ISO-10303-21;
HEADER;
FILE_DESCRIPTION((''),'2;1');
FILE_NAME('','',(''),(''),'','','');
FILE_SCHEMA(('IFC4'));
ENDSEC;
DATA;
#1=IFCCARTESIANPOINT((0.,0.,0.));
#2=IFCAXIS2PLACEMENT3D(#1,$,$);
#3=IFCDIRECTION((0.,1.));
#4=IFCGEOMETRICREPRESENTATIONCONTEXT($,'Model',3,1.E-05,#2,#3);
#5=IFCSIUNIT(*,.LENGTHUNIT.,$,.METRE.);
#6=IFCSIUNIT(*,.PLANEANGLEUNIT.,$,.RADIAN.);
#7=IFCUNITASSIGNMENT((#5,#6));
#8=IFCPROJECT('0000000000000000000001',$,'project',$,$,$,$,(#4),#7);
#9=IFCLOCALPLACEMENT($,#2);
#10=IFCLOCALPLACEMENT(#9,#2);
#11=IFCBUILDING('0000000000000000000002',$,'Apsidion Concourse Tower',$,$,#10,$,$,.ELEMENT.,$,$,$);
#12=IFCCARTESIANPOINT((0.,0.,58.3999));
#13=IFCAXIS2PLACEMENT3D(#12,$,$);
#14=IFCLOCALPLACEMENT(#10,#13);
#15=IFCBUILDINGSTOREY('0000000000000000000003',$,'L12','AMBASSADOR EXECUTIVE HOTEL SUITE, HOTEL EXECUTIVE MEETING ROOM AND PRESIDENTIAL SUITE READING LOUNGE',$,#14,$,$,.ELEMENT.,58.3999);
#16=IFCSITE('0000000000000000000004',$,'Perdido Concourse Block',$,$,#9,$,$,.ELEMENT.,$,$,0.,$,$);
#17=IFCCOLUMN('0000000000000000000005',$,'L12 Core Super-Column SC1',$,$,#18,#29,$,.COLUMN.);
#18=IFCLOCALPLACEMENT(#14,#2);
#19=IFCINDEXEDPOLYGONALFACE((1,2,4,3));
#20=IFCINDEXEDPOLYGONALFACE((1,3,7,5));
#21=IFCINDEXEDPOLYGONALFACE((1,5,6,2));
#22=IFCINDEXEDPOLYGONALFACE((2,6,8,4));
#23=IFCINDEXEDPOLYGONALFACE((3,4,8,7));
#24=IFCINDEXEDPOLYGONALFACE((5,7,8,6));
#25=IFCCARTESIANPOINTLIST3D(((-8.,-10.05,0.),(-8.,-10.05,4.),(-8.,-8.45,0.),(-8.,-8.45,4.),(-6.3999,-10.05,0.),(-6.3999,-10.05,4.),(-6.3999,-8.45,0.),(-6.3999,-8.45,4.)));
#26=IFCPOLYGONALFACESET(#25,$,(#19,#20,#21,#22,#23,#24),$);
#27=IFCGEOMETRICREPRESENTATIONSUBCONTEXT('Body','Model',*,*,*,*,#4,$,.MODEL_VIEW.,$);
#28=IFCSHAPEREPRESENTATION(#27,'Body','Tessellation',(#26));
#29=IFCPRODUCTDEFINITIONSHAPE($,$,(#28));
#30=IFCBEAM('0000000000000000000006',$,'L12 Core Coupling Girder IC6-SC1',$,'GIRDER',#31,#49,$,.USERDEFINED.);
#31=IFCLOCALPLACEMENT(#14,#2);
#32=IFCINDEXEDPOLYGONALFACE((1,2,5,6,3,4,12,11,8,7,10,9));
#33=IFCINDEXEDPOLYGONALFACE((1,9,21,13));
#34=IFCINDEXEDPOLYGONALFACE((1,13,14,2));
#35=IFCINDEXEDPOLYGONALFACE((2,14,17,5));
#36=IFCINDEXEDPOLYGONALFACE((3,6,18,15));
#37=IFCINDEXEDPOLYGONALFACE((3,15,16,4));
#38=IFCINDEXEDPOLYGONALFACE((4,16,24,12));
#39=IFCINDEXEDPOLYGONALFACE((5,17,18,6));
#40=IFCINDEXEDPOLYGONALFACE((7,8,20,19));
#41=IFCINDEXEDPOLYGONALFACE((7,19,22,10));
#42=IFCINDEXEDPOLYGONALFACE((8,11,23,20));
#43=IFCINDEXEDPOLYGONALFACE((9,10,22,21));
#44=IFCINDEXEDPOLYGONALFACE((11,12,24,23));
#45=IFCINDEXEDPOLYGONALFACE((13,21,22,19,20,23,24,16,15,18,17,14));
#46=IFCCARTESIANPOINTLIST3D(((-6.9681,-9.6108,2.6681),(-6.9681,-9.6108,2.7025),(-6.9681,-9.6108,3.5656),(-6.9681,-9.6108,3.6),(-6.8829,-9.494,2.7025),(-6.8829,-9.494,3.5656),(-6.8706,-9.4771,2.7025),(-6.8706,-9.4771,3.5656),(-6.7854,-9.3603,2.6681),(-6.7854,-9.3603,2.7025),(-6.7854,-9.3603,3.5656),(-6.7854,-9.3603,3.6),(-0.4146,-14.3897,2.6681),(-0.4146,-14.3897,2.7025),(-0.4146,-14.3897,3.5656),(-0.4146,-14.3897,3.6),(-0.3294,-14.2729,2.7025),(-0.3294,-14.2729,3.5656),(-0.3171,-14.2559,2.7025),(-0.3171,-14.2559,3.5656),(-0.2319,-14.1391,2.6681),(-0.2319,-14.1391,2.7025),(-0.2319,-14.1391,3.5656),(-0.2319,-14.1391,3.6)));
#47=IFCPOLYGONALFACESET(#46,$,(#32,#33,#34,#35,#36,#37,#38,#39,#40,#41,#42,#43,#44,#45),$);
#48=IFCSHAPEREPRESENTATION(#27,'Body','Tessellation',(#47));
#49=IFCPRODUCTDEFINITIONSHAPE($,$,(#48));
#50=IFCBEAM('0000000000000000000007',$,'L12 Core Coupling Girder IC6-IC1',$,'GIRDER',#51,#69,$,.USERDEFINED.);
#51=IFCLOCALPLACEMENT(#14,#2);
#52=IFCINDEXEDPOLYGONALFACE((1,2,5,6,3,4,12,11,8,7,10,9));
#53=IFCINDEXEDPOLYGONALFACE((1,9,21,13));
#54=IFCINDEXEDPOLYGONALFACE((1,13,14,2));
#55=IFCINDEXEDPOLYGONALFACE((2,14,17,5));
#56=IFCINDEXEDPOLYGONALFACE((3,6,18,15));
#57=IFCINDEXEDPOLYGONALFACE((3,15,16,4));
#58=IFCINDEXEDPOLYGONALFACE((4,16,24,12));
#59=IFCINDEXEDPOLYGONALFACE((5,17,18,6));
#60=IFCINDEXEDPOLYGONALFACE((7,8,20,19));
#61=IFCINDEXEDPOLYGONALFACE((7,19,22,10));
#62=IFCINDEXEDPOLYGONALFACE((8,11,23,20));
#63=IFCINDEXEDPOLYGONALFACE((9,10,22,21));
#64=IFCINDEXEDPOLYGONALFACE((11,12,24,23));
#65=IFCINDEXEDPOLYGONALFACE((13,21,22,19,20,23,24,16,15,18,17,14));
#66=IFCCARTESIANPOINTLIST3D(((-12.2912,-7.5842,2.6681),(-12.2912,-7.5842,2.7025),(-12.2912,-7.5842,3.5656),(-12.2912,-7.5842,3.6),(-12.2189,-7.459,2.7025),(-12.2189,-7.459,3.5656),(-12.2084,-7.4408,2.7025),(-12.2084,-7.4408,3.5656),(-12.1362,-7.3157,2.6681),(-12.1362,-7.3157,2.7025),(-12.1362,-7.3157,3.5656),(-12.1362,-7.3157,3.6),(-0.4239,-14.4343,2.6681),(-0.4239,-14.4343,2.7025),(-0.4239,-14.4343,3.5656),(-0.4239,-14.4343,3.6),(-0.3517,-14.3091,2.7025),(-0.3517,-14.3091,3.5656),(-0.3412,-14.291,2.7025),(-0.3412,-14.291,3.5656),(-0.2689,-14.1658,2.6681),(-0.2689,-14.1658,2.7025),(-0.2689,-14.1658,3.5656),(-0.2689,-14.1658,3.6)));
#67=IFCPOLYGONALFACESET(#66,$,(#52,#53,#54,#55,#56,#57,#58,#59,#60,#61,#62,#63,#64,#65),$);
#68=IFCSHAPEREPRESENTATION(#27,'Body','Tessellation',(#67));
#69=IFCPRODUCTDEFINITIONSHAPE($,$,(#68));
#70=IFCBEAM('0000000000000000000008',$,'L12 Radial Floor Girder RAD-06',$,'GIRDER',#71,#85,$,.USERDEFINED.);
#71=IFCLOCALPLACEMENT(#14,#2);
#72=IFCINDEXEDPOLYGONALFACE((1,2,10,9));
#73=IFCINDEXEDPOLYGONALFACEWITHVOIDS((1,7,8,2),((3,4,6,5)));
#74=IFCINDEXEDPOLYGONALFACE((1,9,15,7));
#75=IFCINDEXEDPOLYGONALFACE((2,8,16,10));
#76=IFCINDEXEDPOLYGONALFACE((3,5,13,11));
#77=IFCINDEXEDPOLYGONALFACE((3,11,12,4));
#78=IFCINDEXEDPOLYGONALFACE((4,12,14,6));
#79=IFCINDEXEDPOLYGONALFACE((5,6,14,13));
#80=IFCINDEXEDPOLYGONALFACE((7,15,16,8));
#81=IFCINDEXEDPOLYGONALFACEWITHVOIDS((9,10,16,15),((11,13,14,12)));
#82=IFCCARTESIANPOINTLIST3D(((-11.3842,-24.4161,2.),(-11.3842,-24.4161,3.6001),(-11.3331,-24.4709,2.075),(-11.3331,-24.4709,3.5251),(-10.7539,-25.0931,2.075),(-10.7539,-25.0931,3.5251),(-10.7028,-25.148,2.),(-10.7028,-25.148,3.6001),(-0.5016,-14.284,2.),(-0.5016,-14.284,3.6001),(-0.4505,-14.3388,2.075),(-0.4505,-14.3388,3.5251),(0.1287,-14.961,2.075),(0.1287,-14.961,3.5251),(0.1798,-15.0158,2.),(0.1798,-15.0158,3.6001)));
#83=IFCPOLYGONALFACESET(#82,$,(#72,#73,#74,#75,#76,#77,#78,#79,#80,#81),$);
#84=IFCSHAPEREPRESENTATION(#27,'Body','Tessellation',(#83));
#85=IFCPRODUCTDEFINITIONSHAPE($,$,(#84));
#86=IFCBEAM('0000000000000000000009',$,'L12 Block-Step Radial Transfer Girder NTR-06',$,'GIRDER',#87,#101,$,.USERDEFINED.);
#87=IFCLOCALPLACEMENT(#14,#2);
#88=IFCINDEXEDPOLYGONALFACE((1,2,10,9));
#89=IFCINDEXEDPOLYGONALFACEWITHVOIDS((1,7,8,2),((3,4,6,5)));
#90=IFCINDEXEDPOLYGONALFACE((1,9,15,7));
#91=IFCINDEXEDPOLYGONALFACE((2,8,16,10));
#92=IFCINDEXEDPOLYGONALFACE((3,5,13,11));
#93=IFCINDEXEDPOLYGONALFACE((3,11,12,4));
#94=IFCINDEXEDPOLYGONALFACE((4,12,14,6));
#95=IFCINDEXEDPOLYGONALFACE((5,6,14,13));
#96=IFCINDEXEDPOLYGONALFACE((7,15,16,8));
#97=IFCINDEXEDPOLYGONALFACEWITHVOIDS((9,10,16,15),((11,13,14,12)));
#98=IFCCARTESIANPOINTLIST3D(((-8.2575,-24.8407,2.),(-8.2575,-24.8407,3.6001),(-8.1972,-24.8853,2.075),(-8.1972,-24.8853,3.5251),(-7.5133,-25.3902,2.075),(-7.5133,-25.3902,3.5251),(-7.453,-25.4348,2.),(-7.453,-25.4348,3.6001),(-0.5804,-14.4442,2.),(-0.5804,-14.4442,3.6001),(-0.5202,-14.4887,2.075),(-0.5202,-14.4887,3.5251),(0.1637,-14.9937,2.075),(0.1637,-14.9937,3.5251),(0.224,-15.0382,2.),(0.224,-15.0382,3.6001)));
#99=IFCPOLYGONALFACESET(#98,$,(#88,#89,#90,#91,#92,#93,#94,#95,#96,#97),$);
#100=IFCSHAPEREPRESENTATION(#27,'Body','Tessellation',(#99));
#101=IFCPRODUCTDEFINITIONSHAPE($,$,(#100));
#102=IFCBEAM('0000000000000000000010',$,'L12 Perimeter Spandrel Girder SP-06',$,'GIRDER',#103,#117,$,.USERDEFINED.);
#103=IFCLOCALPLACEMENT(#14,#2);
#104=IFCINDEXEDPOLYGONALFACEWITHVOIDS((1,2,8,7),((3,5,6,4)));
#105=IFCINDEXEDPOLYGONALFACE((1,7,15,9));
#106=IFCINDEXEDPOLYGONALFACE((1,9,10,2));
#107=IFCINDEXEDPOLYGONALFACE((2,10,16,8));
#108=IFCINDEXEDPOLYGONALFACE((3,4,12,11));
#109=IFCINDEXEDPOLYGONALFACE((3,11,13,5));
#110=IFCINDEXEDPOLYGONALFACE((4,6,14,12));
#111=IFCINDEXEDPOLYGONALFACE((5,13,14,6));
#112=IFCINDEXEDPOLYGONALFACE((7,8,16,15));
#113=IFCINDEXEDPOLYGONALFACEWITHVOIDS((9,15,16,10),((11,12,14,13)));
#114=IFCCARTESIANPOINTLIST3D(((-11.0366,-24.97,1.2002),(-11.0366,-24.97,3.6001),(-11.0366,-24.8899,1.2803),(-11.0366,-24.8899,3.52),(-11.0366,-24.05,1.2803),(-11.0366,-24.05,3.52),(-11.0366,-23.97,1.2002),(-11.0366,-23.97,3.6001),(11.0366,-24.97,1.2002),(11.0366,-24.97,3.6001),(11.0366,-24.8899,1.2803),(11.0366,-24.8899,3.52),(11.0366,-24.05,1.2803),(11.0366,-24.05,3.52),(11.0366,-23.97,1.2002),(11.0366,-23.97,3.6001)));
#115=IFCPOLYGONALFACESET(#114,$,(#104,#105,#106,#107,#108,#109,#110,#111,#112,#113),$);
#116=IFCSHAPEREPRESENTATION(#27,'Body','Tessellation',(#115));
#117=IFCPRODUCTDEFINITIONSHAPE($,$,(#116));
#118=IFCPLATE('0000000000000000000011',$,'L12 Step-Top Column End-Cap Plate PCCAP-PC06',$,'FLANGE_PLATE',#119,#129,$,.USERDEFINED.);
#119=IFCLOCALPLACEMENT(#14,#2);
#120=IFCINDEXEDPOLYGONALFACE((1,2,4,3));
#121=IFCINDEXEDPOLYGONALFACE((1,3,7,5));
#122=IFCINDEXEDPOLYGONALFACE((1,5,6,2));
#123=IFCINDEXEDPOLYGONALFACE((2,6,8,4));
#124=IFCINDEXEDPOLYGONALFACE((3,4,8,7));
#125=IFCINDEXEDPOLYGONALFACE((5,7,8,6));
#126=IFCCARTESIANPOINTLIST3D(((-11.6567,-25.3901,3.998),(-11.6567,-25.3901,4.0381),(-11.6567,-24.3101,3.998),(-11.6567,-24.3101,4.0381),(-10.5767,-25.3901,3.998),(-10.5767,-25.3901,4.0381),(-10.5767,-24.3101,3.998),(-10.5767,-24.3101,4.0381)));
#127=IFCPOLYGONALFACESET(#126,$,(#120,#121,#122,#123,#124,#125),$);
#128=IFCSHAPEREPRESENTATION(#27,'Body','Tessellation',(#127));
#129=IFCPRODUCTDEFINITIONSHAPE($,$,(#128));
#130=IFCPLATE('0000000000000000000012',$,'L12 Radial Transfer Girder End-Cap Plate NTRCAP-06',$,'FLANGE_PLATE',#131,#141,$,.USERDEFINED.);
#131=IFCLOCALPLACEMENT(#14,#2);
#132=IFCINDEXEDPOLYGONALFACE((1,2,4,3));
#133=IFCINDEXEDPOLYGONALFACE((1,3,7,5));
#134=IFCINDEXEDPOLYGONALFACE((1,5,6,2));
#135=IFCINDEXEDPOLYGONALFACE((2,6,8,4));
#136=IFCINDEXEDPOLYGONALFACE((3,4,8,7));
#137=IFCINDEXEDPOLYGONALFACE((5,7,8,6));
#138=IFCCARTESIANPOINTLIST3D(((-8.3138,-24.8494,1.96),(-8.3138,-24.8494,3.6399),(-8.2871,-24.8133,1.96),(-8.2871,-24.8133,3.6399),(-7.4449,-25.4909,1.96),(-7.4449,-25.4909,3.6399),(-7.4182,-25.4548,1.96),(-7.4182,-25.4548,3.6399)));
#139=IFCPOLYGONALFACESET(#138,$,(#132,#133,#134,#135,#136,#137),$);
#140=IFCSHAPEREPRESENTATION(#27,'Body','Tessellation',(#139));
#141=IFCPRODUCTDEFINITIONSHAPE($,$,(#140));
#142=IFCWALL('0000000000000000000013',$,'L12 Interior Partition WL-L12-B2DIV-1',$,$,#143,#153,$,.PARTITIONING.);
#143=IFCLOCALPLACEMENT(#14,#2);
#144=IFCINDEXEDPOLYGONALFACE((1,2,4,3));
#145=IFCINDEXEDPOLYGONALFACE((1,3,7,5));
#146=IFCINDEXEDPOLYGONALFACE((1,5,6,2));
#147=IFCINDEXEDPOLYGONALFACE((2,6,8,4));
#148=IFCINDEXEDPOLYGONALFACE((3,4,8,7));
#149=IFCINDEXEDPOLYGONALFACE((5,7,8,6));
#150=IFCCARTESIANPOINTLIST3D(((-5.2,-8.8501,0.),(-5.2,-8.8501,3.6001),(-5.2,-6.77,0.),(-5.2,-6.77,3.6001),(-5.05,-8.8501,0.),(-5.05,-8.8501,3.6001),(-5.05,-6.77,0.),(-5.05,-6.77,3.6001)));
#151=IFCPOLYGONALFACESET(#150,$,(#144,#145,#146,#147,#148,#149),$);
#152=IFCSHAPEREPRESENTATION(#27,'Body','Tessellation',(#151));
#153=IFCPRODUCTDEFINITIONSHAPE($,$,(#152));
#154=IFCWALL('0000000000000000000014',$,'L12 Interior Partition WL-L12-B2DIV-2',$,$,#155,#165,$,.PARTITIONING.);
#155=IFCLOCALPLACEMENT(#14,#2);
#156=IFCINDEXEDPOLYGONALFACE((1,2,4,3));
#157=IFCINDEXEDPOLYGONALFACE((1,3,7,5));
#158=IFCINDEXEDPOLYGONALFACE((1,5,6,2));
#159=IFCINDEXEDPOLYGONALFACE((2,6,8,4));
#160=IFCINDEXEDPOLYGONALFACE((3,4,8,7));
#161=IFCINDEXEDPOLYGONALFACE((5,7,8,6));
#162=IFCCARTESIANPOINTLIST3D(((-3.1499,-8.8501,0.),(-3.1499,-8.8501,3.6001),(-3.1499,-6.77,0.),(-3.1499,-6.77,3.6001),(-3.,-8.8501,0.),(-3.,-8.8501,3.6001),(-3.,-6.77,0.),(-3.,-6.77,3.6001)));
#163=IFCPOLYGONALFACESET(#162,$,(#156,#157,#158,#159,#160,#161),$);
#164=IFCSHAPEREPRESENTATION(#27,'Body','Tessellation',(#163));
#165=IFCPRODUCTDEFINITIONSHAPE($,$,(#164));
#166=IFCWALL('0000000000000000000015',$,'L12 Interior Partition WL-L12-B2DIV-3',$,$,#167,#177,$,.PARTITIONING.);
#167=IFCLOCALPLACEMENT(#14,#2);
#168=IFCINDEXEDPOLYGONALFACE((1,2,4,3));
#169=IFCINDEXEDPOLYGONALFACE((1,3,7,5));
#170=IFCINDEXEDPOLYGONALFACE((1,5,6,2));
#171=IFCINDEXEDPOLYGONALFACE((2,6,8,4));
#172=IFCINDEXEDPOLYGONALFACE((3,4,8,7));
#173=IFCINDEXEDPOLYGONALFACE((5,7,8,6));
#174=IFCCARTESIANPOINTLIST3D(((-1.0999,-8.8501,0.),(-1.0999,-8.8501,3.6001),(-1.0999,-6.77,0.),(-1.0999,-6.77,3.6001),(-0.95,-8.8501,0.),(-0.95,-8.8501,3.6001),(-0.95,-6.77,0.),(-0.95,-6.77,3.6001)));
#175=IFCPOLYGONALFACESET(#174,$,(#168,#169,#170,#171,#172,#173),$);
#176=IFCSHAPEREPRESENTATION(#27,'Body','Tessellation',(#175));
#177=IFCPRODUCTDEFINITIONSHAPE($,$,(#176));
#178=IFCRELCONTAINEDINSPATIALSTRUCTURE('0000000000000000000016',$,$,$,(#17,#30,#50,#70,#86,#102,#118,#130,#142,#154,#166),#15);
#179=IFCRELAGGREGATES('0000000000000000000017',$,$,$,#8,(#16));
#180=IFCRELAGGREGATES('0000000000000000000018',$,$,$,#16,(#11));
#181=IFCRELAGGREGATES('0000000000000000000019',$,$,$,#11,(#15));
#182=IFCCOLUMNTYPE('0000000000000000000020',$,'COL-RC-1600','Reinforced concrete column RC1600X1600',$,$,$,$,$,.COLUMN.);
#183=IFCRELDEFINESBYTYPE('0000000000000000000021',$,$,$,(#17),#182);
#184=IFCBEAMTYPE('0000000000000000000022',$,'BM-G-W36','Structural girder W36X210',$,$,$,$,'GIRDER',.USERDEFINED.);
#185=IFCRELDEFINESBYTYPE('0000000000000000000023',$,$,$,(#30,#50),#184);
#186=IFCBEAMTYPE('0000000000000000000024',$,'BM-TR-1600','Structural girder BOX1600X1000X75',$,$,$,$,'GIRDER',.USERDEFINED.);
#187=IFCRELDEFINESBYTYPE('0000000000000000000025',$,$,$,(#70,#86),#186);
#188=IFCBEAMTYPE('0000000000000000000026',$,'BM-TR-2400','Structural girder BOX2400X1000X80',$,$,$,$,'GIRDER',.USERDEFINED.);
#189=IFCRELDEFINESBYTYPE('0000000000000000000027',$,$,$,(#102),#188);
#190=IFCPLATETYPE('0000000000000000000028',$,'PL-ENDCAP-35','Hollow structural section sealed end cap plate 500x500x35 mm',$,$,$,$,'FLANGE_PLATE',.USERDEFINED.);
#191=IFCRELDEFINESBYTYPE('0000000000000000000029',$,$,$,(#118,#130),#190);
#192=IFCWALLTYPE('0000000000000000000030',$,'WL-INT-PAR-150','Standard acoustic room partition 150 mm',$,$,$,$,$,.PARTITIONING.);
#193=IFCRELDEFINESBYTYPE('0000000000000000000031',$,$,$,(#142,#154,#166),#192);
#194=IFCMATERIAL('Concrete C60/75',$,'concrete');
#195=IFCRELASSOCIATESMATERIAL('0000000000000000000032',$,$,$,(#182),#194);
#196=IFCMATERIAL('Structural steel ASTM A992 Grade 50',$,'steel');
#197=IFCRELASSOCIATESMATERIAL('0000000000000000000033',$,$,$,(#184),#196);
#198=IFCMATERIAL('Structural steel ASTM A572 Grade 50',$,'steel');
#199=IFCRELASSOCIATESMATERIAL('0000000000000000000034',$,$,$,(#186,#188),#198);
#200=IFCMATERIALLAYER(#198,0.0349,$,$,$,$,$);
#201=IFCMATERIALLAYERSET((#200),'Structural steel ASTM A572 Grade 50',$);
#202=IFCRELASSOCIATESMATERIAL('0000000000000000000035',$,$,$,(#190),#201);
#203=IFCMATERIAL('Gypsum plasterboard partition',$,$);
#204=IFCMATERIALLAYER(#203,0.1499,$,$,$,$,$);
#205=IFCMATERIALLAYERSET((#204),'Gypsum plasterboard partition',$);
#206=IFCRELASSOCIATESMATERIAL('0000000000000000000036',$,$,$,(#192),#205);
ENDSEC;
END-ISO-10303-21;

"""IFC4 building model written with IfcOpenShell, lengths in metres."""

from ifc_helpers import new_model, si_unit, direction, frame, frame_2d, origin, origin_2d, place, context, subcontext, project, spatial, rectangle, hollow_rectangle, i_section, extrude, material, layer, layer_set, material_profile, profile_set, type_object, element, save


model = new_model("IFC4")

# Units and contexts
model_context = context("Model", 3, precision=1e-05, world=origin(), true_north=direction((0.0, 1.0)))
body_context = subcontext(model_context, "Body", "Model", "MODEL_VIEW")
ifc_project = project(units=[si_unit("LENGTHUNIT", "METRE"), si_unit("PLANEANGLEUNIT", "RADIAN")], contexts=[model_context])

# Site, building, storey
site_placement = place(None, origin())
site = spatial("IfcSite", under=ifc_project, at=site_placement, Name="Perdido Concourse Block", CompositionType="ELEMENT", RefElevation=0.0)
building_placement = place(site_placement, origin())
building = spatial("IfcBuilding", under=site, at=building_placement, Name="Apsidion Concourse Tower", CompositionType="ELEMENT")
storey_placement = place(building_placement, frame((0.0, 0.0, 58.3999)))
storey = spatial("IfcBuildingStorey", under=building, at=storey_placement, Name="L12", Description="AMBASSADOR EXECUTIVE HOTEL SUITE, HOTEL EXECUTIVE MEETING ROOM AND PRESIDENTIAL SUITE READING LOUNGE", CompositionType="ELEMENT", Elevation=58.3999)

# Column
ifc_material_1 = material(Name="Concrete C60/75", Category="concrete")
ifc_material_profile_1 = material_profile(ifc_material_1, rectangle(XDim=1.6001, YDim=1.6001, at=origin_2d()), Name="RC 1600x1600")
ifc_profile_set_1 = profile_set([ifc_material_profile_1], Name="Concrete C60/75")
column_type = type_object("IfcColumnType", Name="COL-RC-1600", Description="Reinforced concrete column RC1600X1600", PredefinedType="COLUMN", material=ifc_profile_set_1)
column_placement = place(storey_placement, frame((-7.2, -9.25, 0.0), z_axis=(0.0, 0.0, 1.0), x_axis=(1.0, 0.0, 0.0)))
element("IfcColumn", 1, at=column_placement, inside=storey, type_object=column_type, Name="L12 Core Super-Column SC1", PredefinedType="COLUMN", context=body_context, shape_type="SweptSolid", body=[
    extrude(rectangle(XDim=1.6001, YDim=1.6001, at=origin_2d()), origin(), (0.0, 0.0, 1.0), 4.0),
])

# Beams
ifc_material_2 = material(Name="Structural steel ASTM A992 Grade 50", Category="steel")
ifc_material_profile_2 = material_profile(ifc_material_2, i_section(OverallWidth=0.3101, OverallDepth=0.9319, WebThickness=0.021, FlangeThickness=0.0344, at=origin_2d()), Name="W36X210")
ifc_profile_set_2 = profile_set([ifc_material_profile_2], Name="Structural steel ASTM A992 Grade 50")
beam_type_1 = type_object("IfcBeamType", Name="BM-G-W36", Description="Structural girder W36X210", ElementType="GIRDER", PredefinedType="USERDEFINED", material=ifc_profile_set_2)
beam_1_placement = place(storey_placement, frame((-0.3232, -14.2644, 3.134), z_axis=(-0.807993, 0.589191, 0.0), x_axis=(-0.589191, -0.807993, 0.0)))
element("IfcBeam", 2, at=beam_1_placement, inside=storey, type_object=beam_type_1, Name="L12 Core Coupling Girder IC6-SC1", ObjectType="GIRDER", PredefinedType="USERDEFINED", context=body_context, shape_type="SweptSolid", body=[
    extrude(i_section(OverallWidth=0.3101, OverallDepth=0.9319, WebThickness=0.021, FlangeThickness=0.0344, at=origin_2d()), origin(), (0.0, 0.0, 1.0), 8.1108),
])
beam_2_placement = place(storey_placement, frame((-0.3464, -14.3, 3.134), z_axis=(-0.86607, 0.499922, 0.0), x_axis=(-0.499922, -0.86607, 0.0)))
element("IfcBeam", 3, at=beam_2_placement, inside=storey, type_object=beam_type_1, Name="L12 Core Coupling Girder IC6-IC1", ObjectType="GIRDER", PredefinedType="USERDEFINED", context=body_context, shape_type="SweptSolid", body=[
    extrude(i_section(OverallWidth=0.3101, OverallDepth=0.9319, WebThickness=0.021, FlangeThickness=0.0344, at=origin_2d()), origin(), (0.0, 0.0, 1.0), 13.7024),
])
ifc_material_3 = material(Name="Structural steel ASTM A572 Grade 50", Category="steel")
ifc_material_profile_3 = material_profile(ifc_material_3, hollow_rectangle(XDim=1.0, YDim=1.6001, WallThickness=0.075, at=origin_2d()), Name="BOX1600X1000X75")
ifc_profile_set_3 = profile_set([ifc_material_profile_3], Name="Structural steel ASTM A572 Grade 50")
beam_type_2 = type_object("IfcBeamType", Name="BM-TR-1600", Description="Structural girder BOX1600X1000X75", ElementType="GIRDER", PredefinedType="USERDEFINED", material=ifc_profile_set_3)
beam_3_placement = place(storey_placement, frame((-0.1609, -14.6499, 2.8), z_axis=(-0.731893, -0.68142, 0.0), x_axis=(0.68142, -0.731893, 0.0)))
element("IfcBeam", 4, at=beam_3_placement, inside=storey, type_object=beam_type_2, Name="L12 Radial Floor Girder RAD-06", ObjectType="GIRDER", PredefinedType="USERDEFINED", context=body_context, shape_type="SweptSolid", body=[
    extrude(hollow_rectangle(XDim=1.0, YDim=1.6001, WallThickness=0.075, at=origin_2d()), origin(), (0.0, 0.0, 1.0), 14.8691),
])
beam_4_placement = place(storey_placement, frame((-0.1782, -14.7412, 2.8), z_axis=(-0.594023, -0.804448, 0.0), x_axis=(0.804448, -0.594023, 0.0)))
element("IfcBeam", 5, at=beam_4_placement, inside=storey, type_object=beam_type_2, Name="L12 Block-Step Radial Transfer Girder NTR-06", ObjectType="GIRDER", PredefinedType="USERDEFINED", context=body_context, shape_type="SweptSolid", body=[
    extrude(hollow_rectangle(XDim=1.0, YDim=1.6001, WallThickness=0.075, at=origin_2d()), origin(), (0.0, 0.0, 1.0), 12.9238),
])
ifc_material_profile_4 = material_profile(ifc_material_3, hollow_rectangle(XDim=1.0, YDim=2.3999, WallThickness=0.0801, at=origin_2d()), Name="BOX2400X1000X80")
ifc_profile_set_4 = profile_set([ifc_material_profile_4], Name="Structural steel ASTM A572 Grade 50")
beam_type_3 = type_object("IfcBeamType", Name="BM-TR-2400", Description="Structural girder BOX2400X1000X80", ElementType="GIRDER", PredefinedType="USERDEFINED", material=ifc_profile_set_4)
beam_5_placement = place(storey_placement, frame((-11.0366, -24.47, 2.4001), z_axis=(1.0, 0.0, 0.0), x_axis=(0.0, 1.0, 0.0)))
element("IfcBeam", 6, at=beam_5_placement, inside=storey, type_object=beam_type_3, Name="L12 Perimeter Spandrel Girder SP-06", ObjectType="GIRDER", PredefinedType="USERDEFINED", context=body_context, shape_type="SweptSolid", body=[
    extrude(hollow_rectangle(XDim=1.0, YDim=2.3999, WallThickness=0.0801, at=origin_2d()), origin(), (0.0, 0.0, 1.0), 22.0732),
])

# Plates
ifc_layer_1 = layer(ifc_material_3, 0.0349)
ifc_layer_set_1 = layer_set([ifc_layer_1], Name="Structural steel ASTM A572 Grade 50")
plate_type = type_object("IfcPlateType", Name="PL-ENDCAP-35", Description="Hollow structural section sealed end cap plate 500x500x35 mm", ElementType="FLANGE_PLATE", PredefinedType="USERDEFINED", material=ifc_layer_set_1)
plate_1_placement = place(storey_placement, frame((-11.1167, -24.8501, 3.998), z_axis=(0.0, 0.0, 1.0), x_axis=(1.0, 0.0, 0.0)))
element("IfcPlate", 7, at=plate_1_placement, inside=storey, type_object=plate_type, Name="L12 Step-Top Column End-Cap Plate PCCAP-PC06", ObjectType="FLANGE_PLATE", PredefinedType="USERDEFINED", context=body_context, shape_type="SweptSolid", body=[
    extrude(rectangle(XDim=1.0801, YDim=1.0801, at=origin_2d()), origin(), (0.0, 0.0, 1.0), 0.04),
])
plate_2_placement = place(storey_placement, frame((-7.866, -25.1521, 1.96), z_axis=(0.0, 0.0, 1.0), x_axis=(-0.593981, -0.804479, 0.0)))
element("IfcPlate", 8, at=plate_2_placement, inside=storey, type_object=plate_type, Name="L12 Radial Transfer Girder End-Cap Plate NTRCAP-06", ObjectType="FLANGE_PLATE", PredefinedType="USERDEFINED", context=body_context, shape_type="SweptSolid", body=[
    extrude(rectangle(XDim=0.0449, YDim=1.0801, at=origin_2d()), origin(), (0.0, 0.0, 1.0), 1.6799),
])

# Walls
ifc_material_4 = material(Name="Gypsum plasterboard partition")
ifc_layer_2 = layer(ifc_material_4, 0.1499)
ifc_layer_set_2 = layer_set([ifc_layer_2], Name="Gypsum plasterboard partition")
wall_type_1 = type_object("IfcWallType", Name="WL-INT-PAR-150", Description="Standard acoustic room partition 150 mm", PredefinedType="PARTITIONING", material=ifc_layer_set_2)
for number, where, z_axis, x_axis, name in (
    (9, (-5.125, -8.8501, 0.0), (0.0, 0.0, 1.0), (0.0, 1.0, 0.0), "L12 Interior Partition WL-L12-B2DIV-1"),
    (10, (-3.075, -8.8501, 0.0), (0.0, 0.0, 1.0), (0.0, 1.0, 0.0), "L12 Interior Partition WL-L12-B2DIV-2"),
    (11, (-1.0249, -8.8501, 0.0), (0.0, 0.0, 1.0), (0.0, 1.0, 0.0), "L12 Interior Partition WL-L12-B2DIV-3"),
):
    element("IfcWall", number, at=place(storey_placement, frame(where, z_axis=z_axis, x_axis=x_axis)), inside=storey, type_object=wall_type_1, Name=name, PredefinedType="PARTITIONING", context=body_context, shape_type="SweptSolid", body=[
        extrude(rectangle(XDim=2.0801, YDim=0.1499, at=frame_2d((1.04, 0.0))), origin(), (0.0, 0.0, 1.0), 3.6001),
    ])

save(model, "model.ifc")
